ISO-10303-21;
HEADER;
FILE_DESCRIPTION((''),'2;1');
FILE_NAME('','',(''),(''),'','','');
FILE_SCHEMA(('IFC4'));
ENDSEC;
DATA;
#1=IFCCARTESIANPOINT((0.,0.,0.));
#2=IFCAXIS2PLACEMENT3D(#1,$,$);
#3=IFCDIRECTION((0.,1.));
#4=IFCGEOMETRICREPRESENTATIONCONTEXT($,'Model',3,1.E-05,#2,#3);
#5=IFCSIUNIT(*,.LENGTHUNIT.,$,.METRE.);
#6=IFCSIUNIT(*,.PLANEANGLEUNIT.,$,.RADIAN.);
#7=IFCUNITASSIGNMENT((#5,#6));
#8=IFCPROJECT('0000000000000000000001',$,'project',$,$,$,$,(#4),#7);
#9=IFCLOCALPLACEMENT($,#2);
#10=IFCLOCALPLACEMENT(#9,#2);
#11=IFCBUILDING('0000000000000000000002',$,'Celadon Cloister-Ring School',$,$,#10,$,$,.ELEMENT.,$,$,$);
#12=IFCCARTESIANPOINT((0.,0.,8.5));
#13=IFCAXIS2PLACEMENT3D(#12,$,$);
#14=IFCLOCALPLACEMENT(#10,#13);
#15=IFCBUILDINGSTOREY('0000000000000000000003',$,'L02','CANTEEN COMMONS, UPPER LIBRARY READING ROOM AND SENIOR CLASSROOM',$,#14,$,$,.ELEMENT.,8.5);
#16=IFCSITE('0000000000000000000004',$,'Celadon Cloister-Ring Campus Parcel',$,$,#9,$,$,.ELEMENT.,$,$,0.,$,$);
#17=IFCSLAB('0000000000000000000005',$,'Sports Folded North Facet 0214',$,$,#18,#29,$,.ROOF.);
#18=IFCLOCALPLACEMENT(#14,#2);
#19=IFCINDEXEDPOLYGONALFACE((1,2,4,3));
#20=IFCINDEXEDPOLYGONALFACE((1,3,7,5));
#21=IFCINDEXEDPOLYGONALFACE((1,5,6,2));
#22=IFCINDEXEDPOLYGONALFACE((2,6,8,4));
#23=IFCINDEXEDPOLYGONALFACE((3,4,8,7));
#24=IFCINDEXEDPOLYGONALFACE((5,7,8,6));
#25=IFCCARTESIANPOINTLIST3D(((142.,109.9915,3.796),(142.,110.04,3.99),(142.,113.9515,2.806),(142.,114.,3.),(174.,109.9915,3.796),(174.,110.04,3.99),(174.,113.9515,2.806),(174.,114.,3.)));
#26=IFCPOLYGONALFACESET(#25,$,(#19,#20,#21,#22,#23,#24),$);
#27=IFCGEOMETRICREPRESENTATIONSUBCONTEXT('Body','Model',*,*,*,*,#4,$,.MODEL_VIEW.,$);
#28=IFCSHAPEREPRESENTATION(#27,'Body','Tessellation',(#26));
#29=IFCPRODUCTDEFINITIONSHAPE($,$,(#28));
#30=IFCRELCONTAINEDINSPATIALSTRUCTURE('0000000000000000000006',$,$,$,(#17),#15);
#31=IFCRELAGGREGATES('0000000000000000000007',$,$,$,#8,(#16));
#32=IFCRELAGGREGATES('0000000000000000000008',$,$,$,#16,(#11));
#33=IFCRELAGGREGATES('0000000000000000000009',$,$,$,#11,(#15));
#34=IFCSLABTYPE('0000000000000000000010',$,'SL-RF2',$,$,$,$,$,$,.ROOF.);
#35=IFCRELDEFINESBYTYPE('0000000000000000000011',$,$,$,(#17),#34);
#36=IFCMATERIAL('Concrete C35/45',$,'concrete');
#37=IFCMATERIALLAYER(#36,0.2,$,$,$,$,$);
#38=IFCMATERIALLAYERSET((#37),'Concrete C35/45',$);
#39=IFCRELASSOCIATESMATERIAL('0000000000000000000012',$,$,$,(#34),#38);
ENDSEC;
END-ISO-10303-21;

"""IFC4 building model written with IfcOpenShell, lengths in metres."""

from ifc_helpers import new_model, si_unit, direction, frame, origin, place, context, subcontext, project, spatial, polyline, outline, extrude, material, layer, layer_set, type_object, element, save


model = new_model("IFC4")

# Units and contexts
model_context = context("Model", 3, precision=1e-05, world=origin(), true_north=direction((0.0, 1.0)))
body_context = subcontext(model_context, "Body", "Model", "MODEL_VIEW")
ifc_project = project(units=[si_unit("LENGTHUNIT", "METRE"), si_unit("PLANEANGLEUNIT", "RADIAN")], contexts=[model_context])

# Site, building, storey
site_placement = place(None, origin())
site = spatial("IfcSite", under=ifc_project, at=site_placement, Name="Celadon Cloister-Ring Campus Parcel", CompositionType="ELEMENT", RefElevation=0.0)
building_placement = place(site_placement, origin())
building = spatial("IfcBuilding", under=site, at=building_placement, Name="Celadon Cloister-Ring School", CompositionType="ELEMENT")
storey_placement = place(building_placement, frame((0.0, 0.0, 8.5)))
storey = spatial("IfcBuildingStorey", under=building, at=storey_placement, Name="L02", Description="CANTEEN COMMONS, UPPER LIBRARY READING ROOM AND SENIOR CLASSROOM", CompositionType="ELEMENT", Elevation=8.5)

# Slab
ifc_material_1 = material(Name="Concrete C35/45", Category="concrete")
ifc_layer_1 = layer(ifc_material_1, 0.2)
ifc_layer_set_1 = layer_set([ifc_layer_1], Name="Concrete C35/45")
slab_type = type_object("IfcSlabType", Name="SL-RF2", PredefinedType="ROOF", material=ifc_layer_set_1)
slab_placement = place(storey_placement, frame((142.0, 110.04, 3.99), z_axis=(0.0, 0.242536, 0.970143), x_axis=(1.0, 0.0, 0.0)))
element("IfcSlab", 1, at=slab_placement, inside=storey, type_object=slab_type, Name="Sports Folded North Facet 0214", PredefinedType="ROOF", context=body_context, shape_type="SweptSolid", body=[
    extrude(outline(polyline([(0.0, 0.0), (32.0, 0.0), (32.0, 4.0818), (0.0, 4.0818), (0.0, 0.0)])), origin(), (0.0, 0.0, -1.0), 0.2),
])

save(model, "model.ifc")
